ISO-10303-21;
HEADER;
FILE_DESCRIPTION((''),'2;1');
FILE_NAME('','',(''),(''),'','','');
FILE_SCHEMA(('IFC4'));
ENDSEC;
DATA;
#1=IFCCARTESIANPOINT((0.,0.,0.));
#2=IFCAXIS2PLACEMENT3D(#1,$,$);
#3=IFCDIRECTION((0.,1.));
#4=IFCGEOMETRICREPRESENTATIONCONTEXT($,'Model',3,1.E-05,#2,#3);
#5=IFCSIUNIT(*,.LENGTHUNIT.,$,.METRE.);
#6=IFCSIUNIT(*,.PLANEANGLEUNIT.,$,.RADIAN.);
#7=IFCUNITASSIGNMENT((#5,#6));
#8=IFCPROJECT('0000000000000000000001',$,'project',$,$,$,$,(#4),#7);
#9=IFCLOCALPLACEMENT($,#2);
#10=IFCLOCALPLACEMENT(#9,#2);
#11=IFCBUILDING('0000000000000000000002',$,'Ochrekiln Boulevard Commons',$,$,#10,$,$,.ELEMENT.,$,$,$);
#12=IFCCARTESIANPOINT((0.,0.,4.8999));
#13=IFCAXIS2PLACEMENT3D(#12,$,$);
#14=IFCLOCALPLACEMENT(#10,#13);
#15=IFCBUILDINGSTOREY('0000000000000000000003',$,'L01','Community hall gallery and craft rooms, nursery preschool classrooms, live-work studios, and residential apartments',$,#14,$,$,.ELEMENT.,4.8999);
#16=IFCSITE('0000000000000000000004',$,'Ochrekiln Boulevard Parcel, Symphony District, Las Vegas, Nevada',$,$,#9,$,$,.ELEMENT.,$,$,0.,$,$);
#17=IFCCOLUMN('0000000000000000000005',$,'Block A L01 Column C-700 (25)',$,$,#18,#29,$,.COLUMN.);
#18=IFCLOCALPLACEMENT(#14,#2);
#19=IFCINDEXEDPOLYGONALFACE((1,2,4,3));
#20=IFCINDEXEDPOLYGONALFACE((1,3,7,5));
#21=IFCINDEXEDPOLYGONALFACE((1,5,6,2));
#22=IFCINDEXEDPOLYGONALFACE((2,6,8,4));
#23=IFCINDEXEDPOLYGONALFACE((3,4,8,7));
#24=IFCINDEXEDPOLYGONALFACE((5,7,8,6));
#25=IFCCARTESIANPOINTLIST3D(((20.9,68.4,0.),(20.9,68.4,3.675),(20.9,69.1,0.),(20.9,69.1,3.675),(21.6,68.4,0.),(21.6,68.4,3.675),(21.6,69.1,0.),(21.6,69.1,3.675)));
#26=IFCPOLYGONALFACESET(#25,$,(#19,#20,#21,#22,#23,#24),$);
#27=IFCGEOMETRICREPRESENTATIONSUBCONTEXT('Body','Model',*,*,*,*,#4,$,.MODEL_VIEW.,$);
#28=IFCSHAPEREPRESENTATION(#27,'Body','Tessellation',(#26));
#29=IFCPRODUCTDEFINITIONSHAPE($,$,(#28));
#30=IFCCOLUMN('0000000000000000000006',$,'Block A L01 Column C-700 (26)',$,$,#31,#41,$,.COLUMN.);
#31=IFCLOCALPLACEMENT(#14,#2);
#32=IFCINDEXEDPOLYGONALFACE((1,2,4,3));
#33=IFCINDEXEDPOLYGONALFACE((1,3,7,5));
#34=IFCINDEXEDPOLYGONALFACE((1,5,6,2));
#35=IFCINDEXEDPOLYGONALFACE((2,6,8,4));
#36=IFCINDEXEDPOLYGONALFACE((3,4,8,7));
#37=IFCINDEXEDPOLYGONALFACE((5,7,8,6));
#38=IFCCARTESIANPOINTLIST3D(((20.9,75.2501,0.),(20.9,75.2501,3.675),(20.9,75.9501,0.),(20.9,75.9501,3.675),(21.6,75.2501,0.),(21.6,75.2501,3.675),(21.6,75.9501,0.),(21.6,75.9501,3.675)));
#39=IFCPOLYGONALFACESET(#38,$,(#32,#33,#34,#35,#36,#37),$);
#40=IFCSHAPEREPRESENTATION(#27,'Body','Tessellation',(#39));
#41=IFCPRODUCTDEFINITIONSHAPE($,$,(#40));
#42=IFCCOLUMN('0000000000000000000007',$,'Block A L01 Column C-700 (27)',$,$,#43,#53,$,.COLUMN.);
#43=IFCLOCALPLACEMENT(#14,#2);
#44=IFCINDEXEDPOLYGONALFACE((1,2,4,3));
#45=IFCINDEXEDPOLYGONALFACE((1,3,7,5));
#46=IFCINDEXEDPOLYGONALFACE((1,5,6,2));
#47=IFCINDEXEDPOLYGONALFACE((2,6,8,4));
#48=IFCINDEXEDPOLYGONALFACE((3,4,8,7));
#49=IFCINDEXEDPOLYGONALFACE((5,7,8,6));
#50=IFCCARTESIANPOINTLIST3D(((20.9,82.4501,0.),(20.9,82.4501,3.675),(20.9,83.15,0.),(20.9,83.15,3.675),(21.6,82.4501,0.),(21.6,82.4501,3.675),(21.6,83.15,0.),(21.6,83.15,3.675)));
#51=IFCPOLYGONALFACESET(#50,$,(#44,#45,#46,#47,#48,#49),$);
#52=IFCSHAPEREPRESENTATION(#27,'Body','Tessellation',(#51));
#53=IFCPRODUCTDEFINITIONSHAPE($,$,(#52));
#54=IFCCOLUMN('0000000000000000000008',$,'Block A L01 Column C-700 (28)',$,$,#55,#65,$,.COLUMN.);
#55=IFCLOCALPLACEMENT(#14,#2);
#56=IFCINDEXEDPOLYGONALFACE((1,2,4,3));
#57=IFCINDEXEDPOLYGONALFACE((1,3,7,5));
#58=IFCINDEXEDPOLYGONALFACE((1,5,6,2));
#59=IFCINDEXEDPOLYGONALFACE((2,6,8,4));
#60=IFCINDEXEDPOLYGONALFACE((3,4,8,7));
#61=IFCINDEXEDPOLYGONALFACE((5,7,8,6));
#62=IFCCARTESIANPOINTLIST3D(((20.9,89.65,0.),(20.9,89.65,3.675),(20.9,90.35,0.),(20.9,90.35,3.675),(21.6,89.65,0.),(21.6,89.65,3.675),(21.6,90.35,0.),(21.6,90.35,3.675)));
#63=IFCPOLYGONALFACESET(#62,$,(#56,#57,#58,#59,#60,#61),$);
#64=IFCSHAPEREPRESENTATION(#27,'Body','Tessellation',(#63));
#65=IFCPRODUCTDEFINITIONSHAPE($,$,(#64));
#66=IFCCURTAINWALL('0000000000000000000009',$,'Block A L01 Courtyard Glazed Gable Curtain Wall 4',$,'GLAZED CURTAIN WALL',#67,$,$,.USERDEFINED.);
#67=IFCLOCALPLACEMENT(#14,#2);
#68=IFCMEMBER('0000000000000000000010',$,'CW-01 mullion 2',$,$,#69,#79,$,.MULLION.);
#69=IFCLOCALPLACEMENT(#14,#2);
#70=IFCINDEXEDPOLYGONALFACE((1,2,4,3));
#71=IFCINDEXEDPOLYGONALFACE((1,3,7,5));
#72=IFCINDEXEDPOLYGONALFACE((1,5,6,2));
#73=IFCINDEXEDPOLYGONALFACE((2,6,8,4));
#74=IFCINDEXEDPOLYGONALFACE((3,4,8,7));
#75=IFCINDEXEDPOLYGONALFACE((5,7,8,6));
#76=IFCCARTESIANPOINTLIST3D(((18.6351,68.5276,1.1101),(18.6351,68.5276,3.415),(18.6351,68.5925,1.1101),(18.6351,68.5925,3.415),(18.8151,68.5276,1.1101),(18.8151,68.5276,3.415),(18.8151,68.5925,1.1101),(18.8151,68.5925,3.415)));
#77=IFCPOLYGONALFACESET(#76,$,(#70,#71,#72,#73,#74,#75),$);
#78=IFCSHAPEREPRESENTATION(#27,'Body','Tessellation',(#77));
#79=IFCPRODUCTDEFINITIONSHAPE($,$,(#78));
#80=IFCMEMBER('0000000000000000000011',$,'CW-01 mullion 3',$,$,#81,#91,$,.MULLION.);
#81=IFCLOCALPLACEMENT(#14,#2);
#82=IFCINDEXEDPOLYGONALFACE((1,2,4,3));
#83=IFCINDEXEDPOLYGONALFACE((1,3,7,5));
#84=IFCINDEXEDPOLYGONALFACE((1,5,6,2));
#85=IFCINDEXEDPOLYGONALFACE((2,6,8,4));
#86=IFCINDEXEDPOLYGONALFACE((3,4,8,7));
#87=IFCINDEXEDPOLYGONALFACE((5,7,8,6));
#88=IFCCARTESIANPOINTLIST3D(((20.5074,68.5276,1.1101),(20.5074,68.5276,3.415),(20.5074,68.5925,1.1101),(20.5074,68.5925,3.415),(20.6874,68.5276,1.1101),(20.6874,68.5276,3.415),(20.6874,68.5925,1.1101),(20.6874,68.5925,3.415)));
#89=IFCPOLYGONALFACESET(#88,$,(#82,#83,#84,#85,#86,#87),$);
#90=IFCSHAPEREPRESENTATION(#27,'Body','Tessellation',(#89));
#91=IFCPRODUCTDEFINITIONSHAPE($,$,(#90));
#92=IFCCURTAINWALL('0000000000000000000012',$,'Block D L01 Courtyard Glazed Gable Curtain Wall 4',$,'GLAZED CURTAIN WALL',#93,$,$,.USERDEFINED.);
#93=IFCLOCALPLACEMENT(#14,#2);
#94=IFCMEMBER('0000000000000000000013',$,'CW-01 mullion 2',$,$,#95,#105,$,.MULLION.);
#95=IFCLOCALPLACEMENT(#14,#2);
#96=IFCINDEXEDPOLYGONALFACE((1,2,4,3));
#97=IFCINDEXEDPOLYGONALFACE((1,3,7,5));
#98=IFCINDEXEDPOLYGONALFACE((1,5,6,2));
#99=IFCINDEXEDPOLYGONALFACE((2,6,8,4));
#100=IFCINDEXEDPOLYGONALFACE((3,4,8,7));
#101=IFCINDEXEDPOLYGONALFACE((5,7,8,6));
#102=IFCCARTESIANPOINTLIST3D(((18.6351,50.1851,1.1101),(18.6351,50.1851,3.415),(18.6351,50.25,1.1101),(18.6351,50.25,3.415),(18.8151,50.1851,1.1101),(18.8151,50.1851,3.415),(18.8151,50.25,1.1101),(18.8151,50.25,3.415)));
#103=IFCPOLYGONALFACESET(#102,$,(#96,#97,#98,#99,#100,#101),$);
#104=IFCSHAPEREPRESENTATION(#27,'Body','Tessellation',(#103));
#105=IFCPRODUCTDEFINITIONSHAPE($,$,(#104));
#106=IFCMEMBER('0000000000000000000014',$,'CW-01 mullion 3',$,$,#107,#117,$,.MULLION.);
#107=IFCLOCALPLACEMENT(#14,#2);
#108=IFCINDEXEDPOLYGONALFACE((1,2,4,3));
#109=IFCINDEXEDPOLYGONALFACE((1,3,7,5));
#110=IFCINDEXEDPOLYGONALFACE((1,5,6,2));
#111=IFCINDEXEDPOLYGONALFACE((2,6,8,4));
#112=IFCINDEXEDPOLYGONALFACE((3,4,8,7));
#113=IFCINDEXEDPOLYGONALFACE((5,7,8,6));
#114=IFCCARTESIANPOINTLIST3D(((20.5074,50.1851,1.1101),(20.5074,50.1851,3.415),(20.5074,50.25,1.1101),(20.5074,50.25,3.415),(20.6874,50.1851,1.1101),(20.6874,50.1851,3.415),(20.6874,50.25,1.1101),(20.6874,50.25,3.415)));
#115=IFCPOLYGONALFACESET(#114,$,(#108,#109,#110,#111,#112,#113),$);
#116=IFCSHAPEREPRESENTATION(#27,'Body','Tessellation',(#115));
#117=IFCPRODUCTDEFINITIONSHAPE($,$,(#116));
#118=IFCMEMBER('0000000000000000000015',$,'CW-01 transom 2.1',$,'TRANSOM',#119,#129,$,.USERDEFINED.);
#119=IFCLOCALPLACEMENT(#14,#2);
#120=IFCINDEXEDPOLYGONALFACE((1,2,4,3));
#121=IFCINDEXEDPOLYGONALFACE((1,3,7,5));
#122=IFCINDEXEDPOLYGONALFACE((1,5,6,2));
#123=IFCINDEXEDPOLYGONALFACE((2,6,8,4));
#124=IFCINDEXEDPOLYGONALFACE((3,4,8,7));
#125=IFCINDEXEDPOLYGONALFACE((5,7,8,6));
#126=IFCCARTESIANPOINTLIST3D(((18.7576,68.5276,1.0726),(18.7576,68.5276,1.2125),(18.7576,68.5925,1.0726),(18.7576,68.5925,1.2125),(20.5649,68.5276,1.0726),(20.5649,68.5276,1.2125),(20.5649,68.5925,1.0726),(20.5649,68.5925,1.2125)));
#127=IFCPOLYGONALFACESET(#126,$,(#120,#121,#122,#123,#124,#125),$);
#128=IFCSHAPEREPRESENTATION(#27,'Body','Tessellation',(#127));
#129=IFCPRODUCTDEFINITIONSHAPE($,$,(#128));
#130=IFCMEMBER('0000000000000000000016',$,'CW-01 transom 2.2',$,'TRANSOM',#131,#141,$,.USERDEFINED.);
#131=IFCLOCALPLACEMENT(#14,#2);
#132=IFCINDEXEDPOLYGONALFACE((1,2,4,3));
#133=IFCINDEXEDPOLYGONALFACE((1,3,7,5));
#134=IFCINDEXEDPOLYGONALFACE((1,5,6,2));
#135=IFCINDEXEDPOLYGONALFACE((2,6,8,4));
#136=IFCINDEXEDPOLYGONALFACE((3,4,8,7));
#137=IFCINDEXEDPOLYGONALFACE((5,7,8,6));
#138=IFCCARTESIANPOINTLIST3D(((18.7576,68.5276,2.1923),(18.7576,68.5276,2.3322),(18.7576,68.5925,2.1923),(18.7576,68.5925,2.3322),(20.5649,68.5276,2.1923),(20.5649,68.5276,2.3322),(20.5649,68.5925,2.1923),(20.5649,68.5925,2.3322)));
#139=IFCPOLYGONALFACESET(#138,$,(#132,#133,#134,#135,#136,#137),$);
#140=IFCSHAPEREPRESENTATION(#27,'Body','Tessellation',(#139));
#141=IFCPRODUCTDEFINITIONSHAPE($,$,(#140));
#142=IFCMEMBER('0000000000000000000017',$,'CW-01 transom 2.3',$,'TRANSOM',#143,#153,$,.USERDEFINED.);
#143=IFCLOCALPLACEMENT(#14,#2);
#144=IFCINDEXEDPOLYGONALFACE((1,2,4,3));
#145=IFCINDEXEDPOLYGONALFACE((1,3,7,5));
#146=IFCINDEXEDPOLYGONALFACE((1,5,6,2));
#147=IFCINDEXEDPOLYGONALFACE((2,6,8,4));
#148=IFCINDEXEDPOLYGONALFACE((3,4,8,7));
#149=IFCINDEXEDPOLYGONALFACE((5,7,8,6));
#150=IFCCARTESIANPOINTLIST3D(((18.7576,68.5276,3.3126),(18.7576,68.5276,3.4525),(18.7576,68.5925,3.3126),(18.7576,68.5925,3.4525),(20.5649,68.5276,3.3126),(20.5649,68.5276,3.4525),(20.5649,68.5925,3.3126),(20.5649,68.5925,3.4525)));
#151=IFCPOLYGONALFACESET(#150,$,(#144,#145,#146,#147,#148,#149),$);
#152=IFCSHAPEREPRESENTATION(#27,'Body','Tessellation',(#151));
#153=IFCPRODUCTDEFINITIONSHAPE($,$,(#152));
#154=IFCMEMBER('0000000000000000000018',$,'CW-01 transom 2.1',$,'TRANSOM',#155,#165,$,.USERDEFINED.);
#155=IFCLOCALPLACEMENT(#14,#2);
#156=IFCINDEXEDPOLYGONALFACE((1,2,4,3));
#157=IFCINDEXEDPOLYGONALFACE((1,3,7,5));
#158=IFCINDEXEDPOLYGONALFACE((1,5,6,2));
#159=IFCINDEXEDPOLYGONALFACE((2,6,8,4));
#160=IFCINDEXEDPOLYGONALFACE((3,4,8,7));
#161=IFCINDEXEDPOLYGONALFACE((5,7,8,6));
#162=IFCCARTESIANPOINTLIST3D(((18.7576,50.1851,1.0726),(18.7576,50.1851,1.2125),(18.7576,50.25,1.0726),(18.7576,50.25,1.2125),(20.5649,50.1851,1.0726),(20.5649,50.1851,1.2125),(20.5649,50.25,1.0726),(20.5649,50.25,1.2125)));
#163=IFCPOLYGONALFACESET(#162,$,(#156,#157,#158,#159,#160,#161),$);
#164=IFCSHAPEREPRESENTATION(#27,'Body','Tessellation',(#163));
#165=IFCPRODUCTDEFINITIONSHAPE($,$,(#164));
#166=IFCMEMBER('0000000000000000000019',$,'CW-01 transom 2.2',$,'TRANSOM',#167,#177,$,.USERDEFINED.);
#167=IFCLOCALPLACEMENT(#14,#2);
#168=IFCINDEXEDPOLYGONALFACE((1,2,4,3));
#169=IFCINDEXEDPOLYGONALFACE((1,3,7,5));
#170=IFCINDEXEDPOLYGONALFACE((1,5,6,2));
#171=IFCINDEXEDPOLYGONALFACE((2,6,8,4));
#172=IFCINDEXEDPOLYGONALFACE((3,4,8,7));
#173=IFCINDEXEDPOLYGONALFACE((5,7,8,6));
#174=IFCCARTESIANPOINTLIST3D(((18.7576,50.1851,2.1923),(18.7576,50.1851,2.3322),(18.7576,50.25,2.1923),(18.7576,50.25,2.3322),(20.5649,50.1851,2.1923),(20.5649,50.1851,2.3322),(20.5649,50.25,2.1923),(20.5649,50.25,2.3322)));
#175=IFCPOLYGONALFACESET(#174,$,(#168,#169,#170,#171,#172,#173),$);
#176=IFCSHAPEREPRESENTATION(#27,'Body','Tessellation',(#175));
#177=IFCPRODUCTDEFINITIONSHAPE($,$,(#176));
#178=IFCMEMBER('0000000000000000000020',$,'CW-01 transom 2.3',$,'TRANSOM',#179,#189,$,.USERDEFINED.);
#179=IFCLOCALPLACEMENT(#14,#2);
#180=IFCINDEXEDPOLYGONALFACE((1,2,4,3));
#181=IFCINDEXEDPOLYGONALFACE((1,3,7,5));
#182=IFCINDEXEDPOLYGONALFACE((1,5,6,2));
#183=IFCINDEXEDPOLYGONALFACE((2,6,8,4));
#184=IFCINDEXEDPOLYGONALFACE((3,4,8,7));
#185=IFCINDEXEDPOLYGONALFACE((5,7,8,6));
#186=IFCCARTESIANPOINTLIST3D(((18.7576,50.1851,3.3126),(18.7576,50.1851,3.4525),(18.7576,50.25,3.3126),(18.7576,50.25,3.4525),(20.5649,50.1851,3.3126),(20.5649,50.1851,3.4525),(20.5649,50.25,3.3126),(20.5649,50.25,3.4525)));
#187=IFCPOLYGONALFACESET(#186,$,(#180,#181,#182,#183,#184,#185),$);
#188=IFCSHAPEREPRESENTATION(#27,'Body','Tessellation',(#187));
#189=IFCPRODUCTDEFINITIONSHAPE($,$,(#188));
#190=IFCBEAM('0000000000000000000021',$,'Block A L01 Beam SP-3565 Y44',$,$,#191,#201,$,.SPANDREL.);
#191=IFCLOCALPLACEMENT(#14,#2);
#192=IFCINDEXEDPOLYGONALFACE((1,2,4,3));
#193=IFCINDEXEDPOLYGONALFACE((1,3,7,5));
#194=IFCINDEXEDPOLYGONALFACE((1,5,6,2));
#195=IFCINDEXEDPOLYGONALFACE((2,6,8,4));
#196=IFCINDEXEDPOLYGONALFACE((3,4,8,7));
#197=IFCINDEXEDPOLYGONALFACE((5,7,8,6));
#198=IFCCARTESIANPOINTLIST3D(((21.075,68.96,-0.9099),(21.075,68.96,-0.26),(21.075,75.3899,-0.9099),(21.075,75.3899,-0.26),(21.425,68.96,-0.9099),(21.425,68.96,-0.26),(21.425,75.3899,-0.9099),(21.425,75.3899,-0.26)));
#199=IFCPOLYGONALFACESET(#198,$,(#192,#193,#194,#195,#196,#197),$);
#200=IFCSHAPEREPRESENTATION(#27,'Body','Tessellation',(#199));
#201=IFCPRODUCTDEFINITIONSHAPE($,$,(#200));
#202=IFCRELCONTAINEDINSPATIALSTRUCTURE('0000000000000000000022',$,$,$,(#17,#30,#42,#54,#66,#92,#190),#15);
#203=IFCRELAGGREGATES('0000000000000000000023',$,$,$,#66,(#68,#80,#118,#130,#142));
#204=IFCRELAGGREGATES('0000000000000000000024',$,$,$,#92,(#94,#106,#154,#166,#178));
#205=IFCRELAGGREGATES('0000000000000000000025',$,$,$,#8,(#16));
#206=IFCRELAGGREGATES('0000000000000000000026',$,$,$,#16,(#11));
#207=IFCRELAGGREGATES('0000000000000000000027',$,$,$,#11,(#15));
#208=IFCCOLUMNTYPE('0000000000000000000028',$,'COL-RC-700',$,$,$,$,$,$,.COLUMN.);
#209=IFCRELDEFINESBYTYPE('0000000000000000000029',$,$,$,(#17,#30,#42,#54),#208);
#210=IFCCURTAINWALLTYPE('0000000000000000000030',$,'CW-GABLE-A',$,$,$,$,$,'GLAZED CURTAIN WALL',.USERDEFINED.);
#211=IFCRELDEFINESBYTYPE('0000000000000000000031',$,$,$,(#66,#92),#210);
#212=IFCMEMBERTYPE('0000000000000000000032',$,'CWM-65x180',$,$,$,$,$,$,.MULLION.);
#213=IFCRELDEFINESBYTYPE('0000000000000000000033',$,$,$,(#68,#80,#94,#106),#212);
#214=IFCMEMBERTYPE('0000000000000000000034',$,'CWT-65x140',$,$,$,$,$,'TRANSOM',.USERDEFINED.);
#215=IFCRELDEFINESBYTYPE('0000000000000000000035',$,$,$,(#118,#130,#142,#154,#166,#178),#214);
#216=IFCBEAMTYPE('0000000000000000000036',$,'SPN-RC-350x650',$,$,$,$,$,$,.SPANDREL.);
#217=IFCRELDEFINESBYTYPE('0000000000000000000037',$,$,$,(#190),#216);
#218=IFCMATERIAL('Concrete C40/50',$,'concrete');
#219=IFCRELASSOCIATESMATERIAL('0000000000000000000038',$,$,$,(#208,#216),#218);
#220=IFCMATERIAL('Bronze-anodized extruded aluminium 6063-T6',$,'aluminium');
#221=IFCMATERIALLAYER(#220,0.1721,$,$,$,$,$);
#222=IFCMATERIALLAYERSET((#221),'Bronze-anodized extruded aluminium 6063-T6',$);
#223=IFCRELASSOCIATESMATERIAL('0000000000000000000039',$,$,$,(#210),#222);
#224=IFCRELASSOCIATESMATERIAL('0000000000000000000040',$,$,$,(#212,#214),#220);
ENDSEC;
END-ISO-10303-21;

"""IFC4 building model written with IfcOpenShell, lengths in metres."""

from ifc_helpers import new_model, si_unit, direction, frame, origin, origin_2d, place, context, subcontext, project, spatial, rectangle, extrude, material, layer, layer_set, material_profile, profile_set, type_object, element, aggregate, save


model = new_model("IFC4")

# Units and contexts
model_context = context("Model", 3, precision=1e-05, world=origin(), true_north=direction((0.0, 1.0)))
body_context = subcontext(model_context, "Body", "Model", "MODEL_VIEW")
ifc_project = project(units=[si_unit("LENGTHUNIT", "METRE"), si_unit("PLANEANGLEUNIT", "RADIAN")], contexts=[model_context])

# Site, building, storey
site_placement = place(None, origin())
site = spatial("IfcSite", under=ifc_project, at=site_placement, Name="Ochrekiln Boulevard Parcel, Symphony District, Las Vegas, Nevada", CompositionType="ELEMENT", RefElevation=0.0)
building_placement = place(site_placement, origin())
building = spatial("IfcBuilding", under=site, at=building_placement, Name="Ochrekiln Boulevard Commons", CompositionType="ELEMENT")
storey_placement = place(building_placement, frame((0.0, 0.0, 4.8999)))
storey = spatial("IfcBuildingStorey", under=building, at=storey_placement, Name="L01", Description="Community hall gallery and craft rooms, nursery preschool classrooms, live-work studios, and residential apartments", CompositionType="ELEMENT", Elevation=4.8999)

# Columns
ifc_material_1 = material(Name="Concrete C40/50", Category="concrete")
ifc_material_profile_1 = material_profile(ifc_material_1, rectangle(XDim=0.7, YDim=0.7, at=origin_2d()), Name="RC-COL-700x700")
ifc_profile_set_1 = profile_set([ifc_material_profile_1], Name="Concrete C40/50")
column_type = type_object("IfcColumnType", Name="COL-RC-700", PredefinedType="COLUMN", material=ifc_profile_set_1)
for number, where, z_axis, x_axis, name in (
    (1, (21.25, 68.75, 0.0), (0.0, 0.0, 1.0), (1.0, 0.0, 0.0), "Block A L01 Column C-700 (25)"),
    (2, (21.25, 75.6001, 0.0), (0.0, 0.0, 1.0), (1.0, 0.0, 0.0), "Block A L01 Column C-700 (26)"),
    (3, (21.25, 82.8, 0.0), (0.0, 0.0, 1.0), (1.0, 0.0, 0.0), "Block A L01 Column C-700 (27)"),
    (4, (21.25, 90.0, 0.0), (0.0, 0.0, 1.0), (1.0, 0.0, 0.0), "Block A L01 Column C-700 (28)"),
):
    element("IfcColumn", number, at=place(storey_placement, frame(where, z_axis=z_axis, x_axis=x_axis)), inside=storey, type_object=column_type, Name=name, PredefinedType="COLUMN", context=body_context, shape_type="SweptSolid", body=[
        extrude(rectangle(XDim=0.7, YDim=0.7, at=origin_2d()), origin(), (0.0, 0.0, 1.0), 3.675),
    ])

# Curtain walls, members
ifc_material_2 = material(Name="Bronze-anodized extruded aluminium 6063-T6", Category="aluminium")
ifc_layer_1 = layer(ifc_material_2, 0.1721)
ifc_layer_set_1 = layer_set([ifc_layer_1], Name="Bronze-anodized extruded aluminium 6063-T6")
curtain_wall_type = type_object("IfcCurtainWallType", Name="CW-GABLE-A", ElementType="GLAZED CURTAIN WALL", PredefinedType="USERDEFINED", material=ifc_layer_set_1)
curtain_wall_1_placement = place(storey_placement, origin())
curtain_wall_1 = element("IfcCurtainWall", 5, at=curtain_wall_1_placement, inside=storey, type_object=curtain_wall_type, Name="Block A L01 Courtyard Glazed Gable Curtain Wall 4", ObjectType="GLAZED CURTAIN WALL", PredefinedType="USERDEFINED")
ifc_material_profile_2 = material_profile(ifc_material_2, rectangle(XDim=0.0649, YDim=0.1799, at=origin_2d()), Name="ALU-MUL-65x180")
ifc_profile_set_2 = profile_set([ifc_material_profile_2], Name="Bronze-anodized extruded aluminium 6063-T6")
member_type_1 = type_object("IfcMemberType", Name="CWM-65x180", PredefinedType="MULLION", material=ifc_profile_set_2)
member_1_placement = place(storey_placement, frame((18.7251, 68.5601, 1.1101), z_axis=(0.0, 0.0, 1.0), x_axis=(0.0, 1.0, 0.0)))
member_1 = element("IfcMember", 6, at=member_1_placement, type_object=member_type_1, Name="CW-01 mullion 2", PredefinedType="MULLION", context=body_context, shape_type="SweptSolid", body=[
    extrude(rectangle(XDim=0.0649, YDim=0.1799, at=origin_2d()), origin(), (0.0, 0.0, 1.0), 2.3049),
])
member_2_placement = place(storey_placement, frame((20.5974, 68.5601, 1.1101), z_axis=(0.0, 0.0, 1.0), x_axis=(0.0, 1.0, 0.0)))
member_2 = element("IfcMember", 7, at=member_2_placement, type_object=member_type_1, Name="CW-01 mullion 3", PredefinedType="MULLION", context=body_context, shape_type="SweptSolid", body=[
    extrude(rectangle(XDim=0.0649, YDim=0.1799, at=origin_2d()), origin(), (0.0, 0.0, 1.0), 2.3049),
])
curtain_wall_2_placement = place(storey_placement, origin())
curtain_wall_2 = element("IfcCurtainWall", 8, at=curtain_wall_2_placement, inside=storey, type_object=curtain_wall_type, Name="Block D L01 Courtyard Glazed Gable Curtain Wall 4", ObjectType="GLAZED CURTAIN WALL", PredefinedType="USERDEFINED")
member_3_placement = place(storey_placement, frame((18.7251, 50.2175, 1.1101), z_axis=(0.0, 0.0, 1.0), x_axis=(0.0, 1.0, 0.0)))
member_3 = element("IfcMember", 9, at=member_3_placement, type_object=member_type_1, Name="CW-01 mullion 2", PredefinedType="MULLION", context=body_context, shape_type="SweptSolid", body=[
    extrude(rectangle(XDim=0.0649, YDim=0.1799, at=origin_2d()), origin(), (0.0, 0.0, 1.0), 2.3049),
])
member_4_placement = place(storey_placement, frame((20.5974, 50.2175, 1.1101), z_axis=(0.0, 0.0, 1.0), x_axis=(0.0, 1.0, 0.0)))
member_4 = element("IfcMember", 10, at=member_4_placement, type_object=member_type_1, Name="CW-01 mullion 3", PredefinedType="MULLION", context=body_context, shape_type="SweptSolid", body=[
    extrude(rectangle(XDim=0.0649, YDim=0.1799, at=origin_2d()), origin(), (0.0, 0.0, 1.0), 2.3049),
])

# Members
ifc_material_profile_3 = material_profile(ifc_material_2, rectangle(XDim=0.0649, YDim=0.1399, at=origin_2d()), Name="ALU-TRN-65x140")
ifc_profile_set_3 = profile_set([ifc_material_profile_3], Name="Bronze-anodized extruded aluminium 6063-T6")
member_type_2 = type_object("IfcMemberType", Name="CWT-65x140", ElementType="TRANSOM", PredefinedType="USERDEFINED", material=ifc_profile_set_3)
member_5_placement = place(storey_placement, frame((18.7576, 68.5601, 1.1426), z_axis=(1.0, 0.0, 0.0), x_axis=(0.0, 1.0, 0.0)))
member_5 = element("IfcMember", 11, at=member_5_placement, type_object=member_type_2, Name="CW-01 transom 2.1", ObjectType="TRANSOM", PredefinedType="USERDEFINED", context=body_context, shape_type="SweptSolid", body=[
    extrude(rectangle(XDim=0.0649, YDim=0.1399, at=origin_2d()), origin(), (0.0, 0.0, 1.0), 1.8074),
])
member_6_placement = place(storey_placement, frame((18.7576, 68.5601, 2.2622), z_axis=(1.0, 0.0, 0.0), x_axis=(0.0, 1.0, 0.0)))
member_6 = element("IfcMember", 12, at=member_6_placement, type_object=member_type_2, Name="CW-01 transom 2.2", ObjectType="TRANSOM", PredefinedType="USERDEFINED", context=body_context, shape_type="SweptSolid", body=[
    extrude(rectangle(XDim=0.0649, YDim=0.1399, at=origin_2d()), origin(), (0.0, 0.0, 1.0), 1.8074),
])
member_7_placement = place(storey_placement, frame((18.7576, 68.5601, 3.3826), z_axis=(1.0, 0.0, 0.0), x_axis=(0.0, 1.0, 0.0)))
member_7 = element("IfcMember", 13, at=member_7_placement, type_object=member_type_2, Name="CW-01 transom 2.3", ObjectType="TRANSOM", PredefinedType="USERDEFINED", context=body_context, shape_type="SweptSolid", body=[
    extrude(rectangle(XDim=0.0649, YDim=0.1399, at=origin_2d()), origin(), (0.0, 0.0, 1.0), 1.8074),
])
member_8_placement = place(storey_placement, frame((18.7576, 50.2175, 1.1426), z_axis=(1.0, 0.0, 0.0), x_axis=(0.0, 1.0, 0.0)))
member_8 = element("IfcMember", 14, at=member_8_placement, type_object=member_type_2, Name="CW-01 transom 2.1", ObjectType="TRANSOM", PredefinedType="USERDEFINED", context=body_context, shape_type="SweptSolid", body=[
    extrude(rectangle(XDim=0.0649, YDim=0.1399, at=origin_2d()), origin(), (0.0, 0.0, 1.0), 1.8074),
])
member_9_placement = place(storey_placement, frame((18.7576, 50.2175, 2.2622), z_axis=(1.0, 0.0, 0.0), x_axis=(0.0, 1.0, 0.0)))
member_9 = element("IfcMember", 15, at=member_9_placement, type_object=member_type_2, Name="CW-01 transom 2.2", ObjectType="TRANSOM", PredefinedType="USERDEFINED", context=body_context, shape_type="SweptSolid", body=[
    extrude(rectangle(XDim=0.0649, YDim=0.1399, at=origin_2d()), origin(), (0.0, 0.0, 1.0), 1.8074),
])
member_10_placement = place(storey_placement, frame((18.7576, 50.2175, 3.3826), z_axis=(1.0, 0.0, 0.0), x_axis=(0.0, 1.0, 0.0)))
member_10 = element("IfcMember", 16, at=member_10_placement, type_object=member_type_2, Name="CW-01 transom 2.3", ObjectType="TRANSOM", PredefinedType="USERDEFINED", context=body_context, shape_type="SweptSolid", body=[
    extrude(rectangle(XDim=0.0649, YDim=0.1399, at=origin_2d()), origin(), (0.0, 0.0, 1.0), 1.8074),
])

# Beam
ifc_material_profile_4 = material_profile(ifc_material_1, rectangle(XDim=0.3501, YDim=0.6499, at=origin_2d()), Name="RC-SPN-350x650")
ifc_profile_set_4 = profile_set([ifc_material_profile_4], Name="Concrete C40/50")
beam_type = type_object("IfcBeamType", Name="SPN-RC-350x650", PredefinedType="SPANDREL", material=ifc_profile_set_4)
beam_placement = place(storey_placement, frame((21.25, 68.96, -0.585), z_axis=(0.0, 1.0, 0.0), x_axis=(-1.0, 0.0, 0.0)))
element("IfcBeam", 17, at=beam_placement, inside=storey, type_object=beam_type, Name="Block A L01 Beam SP-3565 Y44", PredefinedType="SPANDREL", context=body_context, shape_type="SweptSolid", body=[
    extrude(rectangle(XDim=0.3501, YDim=0.6499, at=origin_2d()), origin(), (0.0, 0.0, 1.0), 6.4299),
])

aggregate(curtain_wall_1, [member_1, member_2, member_5, member_6, member_7])
aggregate(curtain_wall_2, [member_3, member_4, member_8, member_9, member_10])

save(model, "model.ifc")
